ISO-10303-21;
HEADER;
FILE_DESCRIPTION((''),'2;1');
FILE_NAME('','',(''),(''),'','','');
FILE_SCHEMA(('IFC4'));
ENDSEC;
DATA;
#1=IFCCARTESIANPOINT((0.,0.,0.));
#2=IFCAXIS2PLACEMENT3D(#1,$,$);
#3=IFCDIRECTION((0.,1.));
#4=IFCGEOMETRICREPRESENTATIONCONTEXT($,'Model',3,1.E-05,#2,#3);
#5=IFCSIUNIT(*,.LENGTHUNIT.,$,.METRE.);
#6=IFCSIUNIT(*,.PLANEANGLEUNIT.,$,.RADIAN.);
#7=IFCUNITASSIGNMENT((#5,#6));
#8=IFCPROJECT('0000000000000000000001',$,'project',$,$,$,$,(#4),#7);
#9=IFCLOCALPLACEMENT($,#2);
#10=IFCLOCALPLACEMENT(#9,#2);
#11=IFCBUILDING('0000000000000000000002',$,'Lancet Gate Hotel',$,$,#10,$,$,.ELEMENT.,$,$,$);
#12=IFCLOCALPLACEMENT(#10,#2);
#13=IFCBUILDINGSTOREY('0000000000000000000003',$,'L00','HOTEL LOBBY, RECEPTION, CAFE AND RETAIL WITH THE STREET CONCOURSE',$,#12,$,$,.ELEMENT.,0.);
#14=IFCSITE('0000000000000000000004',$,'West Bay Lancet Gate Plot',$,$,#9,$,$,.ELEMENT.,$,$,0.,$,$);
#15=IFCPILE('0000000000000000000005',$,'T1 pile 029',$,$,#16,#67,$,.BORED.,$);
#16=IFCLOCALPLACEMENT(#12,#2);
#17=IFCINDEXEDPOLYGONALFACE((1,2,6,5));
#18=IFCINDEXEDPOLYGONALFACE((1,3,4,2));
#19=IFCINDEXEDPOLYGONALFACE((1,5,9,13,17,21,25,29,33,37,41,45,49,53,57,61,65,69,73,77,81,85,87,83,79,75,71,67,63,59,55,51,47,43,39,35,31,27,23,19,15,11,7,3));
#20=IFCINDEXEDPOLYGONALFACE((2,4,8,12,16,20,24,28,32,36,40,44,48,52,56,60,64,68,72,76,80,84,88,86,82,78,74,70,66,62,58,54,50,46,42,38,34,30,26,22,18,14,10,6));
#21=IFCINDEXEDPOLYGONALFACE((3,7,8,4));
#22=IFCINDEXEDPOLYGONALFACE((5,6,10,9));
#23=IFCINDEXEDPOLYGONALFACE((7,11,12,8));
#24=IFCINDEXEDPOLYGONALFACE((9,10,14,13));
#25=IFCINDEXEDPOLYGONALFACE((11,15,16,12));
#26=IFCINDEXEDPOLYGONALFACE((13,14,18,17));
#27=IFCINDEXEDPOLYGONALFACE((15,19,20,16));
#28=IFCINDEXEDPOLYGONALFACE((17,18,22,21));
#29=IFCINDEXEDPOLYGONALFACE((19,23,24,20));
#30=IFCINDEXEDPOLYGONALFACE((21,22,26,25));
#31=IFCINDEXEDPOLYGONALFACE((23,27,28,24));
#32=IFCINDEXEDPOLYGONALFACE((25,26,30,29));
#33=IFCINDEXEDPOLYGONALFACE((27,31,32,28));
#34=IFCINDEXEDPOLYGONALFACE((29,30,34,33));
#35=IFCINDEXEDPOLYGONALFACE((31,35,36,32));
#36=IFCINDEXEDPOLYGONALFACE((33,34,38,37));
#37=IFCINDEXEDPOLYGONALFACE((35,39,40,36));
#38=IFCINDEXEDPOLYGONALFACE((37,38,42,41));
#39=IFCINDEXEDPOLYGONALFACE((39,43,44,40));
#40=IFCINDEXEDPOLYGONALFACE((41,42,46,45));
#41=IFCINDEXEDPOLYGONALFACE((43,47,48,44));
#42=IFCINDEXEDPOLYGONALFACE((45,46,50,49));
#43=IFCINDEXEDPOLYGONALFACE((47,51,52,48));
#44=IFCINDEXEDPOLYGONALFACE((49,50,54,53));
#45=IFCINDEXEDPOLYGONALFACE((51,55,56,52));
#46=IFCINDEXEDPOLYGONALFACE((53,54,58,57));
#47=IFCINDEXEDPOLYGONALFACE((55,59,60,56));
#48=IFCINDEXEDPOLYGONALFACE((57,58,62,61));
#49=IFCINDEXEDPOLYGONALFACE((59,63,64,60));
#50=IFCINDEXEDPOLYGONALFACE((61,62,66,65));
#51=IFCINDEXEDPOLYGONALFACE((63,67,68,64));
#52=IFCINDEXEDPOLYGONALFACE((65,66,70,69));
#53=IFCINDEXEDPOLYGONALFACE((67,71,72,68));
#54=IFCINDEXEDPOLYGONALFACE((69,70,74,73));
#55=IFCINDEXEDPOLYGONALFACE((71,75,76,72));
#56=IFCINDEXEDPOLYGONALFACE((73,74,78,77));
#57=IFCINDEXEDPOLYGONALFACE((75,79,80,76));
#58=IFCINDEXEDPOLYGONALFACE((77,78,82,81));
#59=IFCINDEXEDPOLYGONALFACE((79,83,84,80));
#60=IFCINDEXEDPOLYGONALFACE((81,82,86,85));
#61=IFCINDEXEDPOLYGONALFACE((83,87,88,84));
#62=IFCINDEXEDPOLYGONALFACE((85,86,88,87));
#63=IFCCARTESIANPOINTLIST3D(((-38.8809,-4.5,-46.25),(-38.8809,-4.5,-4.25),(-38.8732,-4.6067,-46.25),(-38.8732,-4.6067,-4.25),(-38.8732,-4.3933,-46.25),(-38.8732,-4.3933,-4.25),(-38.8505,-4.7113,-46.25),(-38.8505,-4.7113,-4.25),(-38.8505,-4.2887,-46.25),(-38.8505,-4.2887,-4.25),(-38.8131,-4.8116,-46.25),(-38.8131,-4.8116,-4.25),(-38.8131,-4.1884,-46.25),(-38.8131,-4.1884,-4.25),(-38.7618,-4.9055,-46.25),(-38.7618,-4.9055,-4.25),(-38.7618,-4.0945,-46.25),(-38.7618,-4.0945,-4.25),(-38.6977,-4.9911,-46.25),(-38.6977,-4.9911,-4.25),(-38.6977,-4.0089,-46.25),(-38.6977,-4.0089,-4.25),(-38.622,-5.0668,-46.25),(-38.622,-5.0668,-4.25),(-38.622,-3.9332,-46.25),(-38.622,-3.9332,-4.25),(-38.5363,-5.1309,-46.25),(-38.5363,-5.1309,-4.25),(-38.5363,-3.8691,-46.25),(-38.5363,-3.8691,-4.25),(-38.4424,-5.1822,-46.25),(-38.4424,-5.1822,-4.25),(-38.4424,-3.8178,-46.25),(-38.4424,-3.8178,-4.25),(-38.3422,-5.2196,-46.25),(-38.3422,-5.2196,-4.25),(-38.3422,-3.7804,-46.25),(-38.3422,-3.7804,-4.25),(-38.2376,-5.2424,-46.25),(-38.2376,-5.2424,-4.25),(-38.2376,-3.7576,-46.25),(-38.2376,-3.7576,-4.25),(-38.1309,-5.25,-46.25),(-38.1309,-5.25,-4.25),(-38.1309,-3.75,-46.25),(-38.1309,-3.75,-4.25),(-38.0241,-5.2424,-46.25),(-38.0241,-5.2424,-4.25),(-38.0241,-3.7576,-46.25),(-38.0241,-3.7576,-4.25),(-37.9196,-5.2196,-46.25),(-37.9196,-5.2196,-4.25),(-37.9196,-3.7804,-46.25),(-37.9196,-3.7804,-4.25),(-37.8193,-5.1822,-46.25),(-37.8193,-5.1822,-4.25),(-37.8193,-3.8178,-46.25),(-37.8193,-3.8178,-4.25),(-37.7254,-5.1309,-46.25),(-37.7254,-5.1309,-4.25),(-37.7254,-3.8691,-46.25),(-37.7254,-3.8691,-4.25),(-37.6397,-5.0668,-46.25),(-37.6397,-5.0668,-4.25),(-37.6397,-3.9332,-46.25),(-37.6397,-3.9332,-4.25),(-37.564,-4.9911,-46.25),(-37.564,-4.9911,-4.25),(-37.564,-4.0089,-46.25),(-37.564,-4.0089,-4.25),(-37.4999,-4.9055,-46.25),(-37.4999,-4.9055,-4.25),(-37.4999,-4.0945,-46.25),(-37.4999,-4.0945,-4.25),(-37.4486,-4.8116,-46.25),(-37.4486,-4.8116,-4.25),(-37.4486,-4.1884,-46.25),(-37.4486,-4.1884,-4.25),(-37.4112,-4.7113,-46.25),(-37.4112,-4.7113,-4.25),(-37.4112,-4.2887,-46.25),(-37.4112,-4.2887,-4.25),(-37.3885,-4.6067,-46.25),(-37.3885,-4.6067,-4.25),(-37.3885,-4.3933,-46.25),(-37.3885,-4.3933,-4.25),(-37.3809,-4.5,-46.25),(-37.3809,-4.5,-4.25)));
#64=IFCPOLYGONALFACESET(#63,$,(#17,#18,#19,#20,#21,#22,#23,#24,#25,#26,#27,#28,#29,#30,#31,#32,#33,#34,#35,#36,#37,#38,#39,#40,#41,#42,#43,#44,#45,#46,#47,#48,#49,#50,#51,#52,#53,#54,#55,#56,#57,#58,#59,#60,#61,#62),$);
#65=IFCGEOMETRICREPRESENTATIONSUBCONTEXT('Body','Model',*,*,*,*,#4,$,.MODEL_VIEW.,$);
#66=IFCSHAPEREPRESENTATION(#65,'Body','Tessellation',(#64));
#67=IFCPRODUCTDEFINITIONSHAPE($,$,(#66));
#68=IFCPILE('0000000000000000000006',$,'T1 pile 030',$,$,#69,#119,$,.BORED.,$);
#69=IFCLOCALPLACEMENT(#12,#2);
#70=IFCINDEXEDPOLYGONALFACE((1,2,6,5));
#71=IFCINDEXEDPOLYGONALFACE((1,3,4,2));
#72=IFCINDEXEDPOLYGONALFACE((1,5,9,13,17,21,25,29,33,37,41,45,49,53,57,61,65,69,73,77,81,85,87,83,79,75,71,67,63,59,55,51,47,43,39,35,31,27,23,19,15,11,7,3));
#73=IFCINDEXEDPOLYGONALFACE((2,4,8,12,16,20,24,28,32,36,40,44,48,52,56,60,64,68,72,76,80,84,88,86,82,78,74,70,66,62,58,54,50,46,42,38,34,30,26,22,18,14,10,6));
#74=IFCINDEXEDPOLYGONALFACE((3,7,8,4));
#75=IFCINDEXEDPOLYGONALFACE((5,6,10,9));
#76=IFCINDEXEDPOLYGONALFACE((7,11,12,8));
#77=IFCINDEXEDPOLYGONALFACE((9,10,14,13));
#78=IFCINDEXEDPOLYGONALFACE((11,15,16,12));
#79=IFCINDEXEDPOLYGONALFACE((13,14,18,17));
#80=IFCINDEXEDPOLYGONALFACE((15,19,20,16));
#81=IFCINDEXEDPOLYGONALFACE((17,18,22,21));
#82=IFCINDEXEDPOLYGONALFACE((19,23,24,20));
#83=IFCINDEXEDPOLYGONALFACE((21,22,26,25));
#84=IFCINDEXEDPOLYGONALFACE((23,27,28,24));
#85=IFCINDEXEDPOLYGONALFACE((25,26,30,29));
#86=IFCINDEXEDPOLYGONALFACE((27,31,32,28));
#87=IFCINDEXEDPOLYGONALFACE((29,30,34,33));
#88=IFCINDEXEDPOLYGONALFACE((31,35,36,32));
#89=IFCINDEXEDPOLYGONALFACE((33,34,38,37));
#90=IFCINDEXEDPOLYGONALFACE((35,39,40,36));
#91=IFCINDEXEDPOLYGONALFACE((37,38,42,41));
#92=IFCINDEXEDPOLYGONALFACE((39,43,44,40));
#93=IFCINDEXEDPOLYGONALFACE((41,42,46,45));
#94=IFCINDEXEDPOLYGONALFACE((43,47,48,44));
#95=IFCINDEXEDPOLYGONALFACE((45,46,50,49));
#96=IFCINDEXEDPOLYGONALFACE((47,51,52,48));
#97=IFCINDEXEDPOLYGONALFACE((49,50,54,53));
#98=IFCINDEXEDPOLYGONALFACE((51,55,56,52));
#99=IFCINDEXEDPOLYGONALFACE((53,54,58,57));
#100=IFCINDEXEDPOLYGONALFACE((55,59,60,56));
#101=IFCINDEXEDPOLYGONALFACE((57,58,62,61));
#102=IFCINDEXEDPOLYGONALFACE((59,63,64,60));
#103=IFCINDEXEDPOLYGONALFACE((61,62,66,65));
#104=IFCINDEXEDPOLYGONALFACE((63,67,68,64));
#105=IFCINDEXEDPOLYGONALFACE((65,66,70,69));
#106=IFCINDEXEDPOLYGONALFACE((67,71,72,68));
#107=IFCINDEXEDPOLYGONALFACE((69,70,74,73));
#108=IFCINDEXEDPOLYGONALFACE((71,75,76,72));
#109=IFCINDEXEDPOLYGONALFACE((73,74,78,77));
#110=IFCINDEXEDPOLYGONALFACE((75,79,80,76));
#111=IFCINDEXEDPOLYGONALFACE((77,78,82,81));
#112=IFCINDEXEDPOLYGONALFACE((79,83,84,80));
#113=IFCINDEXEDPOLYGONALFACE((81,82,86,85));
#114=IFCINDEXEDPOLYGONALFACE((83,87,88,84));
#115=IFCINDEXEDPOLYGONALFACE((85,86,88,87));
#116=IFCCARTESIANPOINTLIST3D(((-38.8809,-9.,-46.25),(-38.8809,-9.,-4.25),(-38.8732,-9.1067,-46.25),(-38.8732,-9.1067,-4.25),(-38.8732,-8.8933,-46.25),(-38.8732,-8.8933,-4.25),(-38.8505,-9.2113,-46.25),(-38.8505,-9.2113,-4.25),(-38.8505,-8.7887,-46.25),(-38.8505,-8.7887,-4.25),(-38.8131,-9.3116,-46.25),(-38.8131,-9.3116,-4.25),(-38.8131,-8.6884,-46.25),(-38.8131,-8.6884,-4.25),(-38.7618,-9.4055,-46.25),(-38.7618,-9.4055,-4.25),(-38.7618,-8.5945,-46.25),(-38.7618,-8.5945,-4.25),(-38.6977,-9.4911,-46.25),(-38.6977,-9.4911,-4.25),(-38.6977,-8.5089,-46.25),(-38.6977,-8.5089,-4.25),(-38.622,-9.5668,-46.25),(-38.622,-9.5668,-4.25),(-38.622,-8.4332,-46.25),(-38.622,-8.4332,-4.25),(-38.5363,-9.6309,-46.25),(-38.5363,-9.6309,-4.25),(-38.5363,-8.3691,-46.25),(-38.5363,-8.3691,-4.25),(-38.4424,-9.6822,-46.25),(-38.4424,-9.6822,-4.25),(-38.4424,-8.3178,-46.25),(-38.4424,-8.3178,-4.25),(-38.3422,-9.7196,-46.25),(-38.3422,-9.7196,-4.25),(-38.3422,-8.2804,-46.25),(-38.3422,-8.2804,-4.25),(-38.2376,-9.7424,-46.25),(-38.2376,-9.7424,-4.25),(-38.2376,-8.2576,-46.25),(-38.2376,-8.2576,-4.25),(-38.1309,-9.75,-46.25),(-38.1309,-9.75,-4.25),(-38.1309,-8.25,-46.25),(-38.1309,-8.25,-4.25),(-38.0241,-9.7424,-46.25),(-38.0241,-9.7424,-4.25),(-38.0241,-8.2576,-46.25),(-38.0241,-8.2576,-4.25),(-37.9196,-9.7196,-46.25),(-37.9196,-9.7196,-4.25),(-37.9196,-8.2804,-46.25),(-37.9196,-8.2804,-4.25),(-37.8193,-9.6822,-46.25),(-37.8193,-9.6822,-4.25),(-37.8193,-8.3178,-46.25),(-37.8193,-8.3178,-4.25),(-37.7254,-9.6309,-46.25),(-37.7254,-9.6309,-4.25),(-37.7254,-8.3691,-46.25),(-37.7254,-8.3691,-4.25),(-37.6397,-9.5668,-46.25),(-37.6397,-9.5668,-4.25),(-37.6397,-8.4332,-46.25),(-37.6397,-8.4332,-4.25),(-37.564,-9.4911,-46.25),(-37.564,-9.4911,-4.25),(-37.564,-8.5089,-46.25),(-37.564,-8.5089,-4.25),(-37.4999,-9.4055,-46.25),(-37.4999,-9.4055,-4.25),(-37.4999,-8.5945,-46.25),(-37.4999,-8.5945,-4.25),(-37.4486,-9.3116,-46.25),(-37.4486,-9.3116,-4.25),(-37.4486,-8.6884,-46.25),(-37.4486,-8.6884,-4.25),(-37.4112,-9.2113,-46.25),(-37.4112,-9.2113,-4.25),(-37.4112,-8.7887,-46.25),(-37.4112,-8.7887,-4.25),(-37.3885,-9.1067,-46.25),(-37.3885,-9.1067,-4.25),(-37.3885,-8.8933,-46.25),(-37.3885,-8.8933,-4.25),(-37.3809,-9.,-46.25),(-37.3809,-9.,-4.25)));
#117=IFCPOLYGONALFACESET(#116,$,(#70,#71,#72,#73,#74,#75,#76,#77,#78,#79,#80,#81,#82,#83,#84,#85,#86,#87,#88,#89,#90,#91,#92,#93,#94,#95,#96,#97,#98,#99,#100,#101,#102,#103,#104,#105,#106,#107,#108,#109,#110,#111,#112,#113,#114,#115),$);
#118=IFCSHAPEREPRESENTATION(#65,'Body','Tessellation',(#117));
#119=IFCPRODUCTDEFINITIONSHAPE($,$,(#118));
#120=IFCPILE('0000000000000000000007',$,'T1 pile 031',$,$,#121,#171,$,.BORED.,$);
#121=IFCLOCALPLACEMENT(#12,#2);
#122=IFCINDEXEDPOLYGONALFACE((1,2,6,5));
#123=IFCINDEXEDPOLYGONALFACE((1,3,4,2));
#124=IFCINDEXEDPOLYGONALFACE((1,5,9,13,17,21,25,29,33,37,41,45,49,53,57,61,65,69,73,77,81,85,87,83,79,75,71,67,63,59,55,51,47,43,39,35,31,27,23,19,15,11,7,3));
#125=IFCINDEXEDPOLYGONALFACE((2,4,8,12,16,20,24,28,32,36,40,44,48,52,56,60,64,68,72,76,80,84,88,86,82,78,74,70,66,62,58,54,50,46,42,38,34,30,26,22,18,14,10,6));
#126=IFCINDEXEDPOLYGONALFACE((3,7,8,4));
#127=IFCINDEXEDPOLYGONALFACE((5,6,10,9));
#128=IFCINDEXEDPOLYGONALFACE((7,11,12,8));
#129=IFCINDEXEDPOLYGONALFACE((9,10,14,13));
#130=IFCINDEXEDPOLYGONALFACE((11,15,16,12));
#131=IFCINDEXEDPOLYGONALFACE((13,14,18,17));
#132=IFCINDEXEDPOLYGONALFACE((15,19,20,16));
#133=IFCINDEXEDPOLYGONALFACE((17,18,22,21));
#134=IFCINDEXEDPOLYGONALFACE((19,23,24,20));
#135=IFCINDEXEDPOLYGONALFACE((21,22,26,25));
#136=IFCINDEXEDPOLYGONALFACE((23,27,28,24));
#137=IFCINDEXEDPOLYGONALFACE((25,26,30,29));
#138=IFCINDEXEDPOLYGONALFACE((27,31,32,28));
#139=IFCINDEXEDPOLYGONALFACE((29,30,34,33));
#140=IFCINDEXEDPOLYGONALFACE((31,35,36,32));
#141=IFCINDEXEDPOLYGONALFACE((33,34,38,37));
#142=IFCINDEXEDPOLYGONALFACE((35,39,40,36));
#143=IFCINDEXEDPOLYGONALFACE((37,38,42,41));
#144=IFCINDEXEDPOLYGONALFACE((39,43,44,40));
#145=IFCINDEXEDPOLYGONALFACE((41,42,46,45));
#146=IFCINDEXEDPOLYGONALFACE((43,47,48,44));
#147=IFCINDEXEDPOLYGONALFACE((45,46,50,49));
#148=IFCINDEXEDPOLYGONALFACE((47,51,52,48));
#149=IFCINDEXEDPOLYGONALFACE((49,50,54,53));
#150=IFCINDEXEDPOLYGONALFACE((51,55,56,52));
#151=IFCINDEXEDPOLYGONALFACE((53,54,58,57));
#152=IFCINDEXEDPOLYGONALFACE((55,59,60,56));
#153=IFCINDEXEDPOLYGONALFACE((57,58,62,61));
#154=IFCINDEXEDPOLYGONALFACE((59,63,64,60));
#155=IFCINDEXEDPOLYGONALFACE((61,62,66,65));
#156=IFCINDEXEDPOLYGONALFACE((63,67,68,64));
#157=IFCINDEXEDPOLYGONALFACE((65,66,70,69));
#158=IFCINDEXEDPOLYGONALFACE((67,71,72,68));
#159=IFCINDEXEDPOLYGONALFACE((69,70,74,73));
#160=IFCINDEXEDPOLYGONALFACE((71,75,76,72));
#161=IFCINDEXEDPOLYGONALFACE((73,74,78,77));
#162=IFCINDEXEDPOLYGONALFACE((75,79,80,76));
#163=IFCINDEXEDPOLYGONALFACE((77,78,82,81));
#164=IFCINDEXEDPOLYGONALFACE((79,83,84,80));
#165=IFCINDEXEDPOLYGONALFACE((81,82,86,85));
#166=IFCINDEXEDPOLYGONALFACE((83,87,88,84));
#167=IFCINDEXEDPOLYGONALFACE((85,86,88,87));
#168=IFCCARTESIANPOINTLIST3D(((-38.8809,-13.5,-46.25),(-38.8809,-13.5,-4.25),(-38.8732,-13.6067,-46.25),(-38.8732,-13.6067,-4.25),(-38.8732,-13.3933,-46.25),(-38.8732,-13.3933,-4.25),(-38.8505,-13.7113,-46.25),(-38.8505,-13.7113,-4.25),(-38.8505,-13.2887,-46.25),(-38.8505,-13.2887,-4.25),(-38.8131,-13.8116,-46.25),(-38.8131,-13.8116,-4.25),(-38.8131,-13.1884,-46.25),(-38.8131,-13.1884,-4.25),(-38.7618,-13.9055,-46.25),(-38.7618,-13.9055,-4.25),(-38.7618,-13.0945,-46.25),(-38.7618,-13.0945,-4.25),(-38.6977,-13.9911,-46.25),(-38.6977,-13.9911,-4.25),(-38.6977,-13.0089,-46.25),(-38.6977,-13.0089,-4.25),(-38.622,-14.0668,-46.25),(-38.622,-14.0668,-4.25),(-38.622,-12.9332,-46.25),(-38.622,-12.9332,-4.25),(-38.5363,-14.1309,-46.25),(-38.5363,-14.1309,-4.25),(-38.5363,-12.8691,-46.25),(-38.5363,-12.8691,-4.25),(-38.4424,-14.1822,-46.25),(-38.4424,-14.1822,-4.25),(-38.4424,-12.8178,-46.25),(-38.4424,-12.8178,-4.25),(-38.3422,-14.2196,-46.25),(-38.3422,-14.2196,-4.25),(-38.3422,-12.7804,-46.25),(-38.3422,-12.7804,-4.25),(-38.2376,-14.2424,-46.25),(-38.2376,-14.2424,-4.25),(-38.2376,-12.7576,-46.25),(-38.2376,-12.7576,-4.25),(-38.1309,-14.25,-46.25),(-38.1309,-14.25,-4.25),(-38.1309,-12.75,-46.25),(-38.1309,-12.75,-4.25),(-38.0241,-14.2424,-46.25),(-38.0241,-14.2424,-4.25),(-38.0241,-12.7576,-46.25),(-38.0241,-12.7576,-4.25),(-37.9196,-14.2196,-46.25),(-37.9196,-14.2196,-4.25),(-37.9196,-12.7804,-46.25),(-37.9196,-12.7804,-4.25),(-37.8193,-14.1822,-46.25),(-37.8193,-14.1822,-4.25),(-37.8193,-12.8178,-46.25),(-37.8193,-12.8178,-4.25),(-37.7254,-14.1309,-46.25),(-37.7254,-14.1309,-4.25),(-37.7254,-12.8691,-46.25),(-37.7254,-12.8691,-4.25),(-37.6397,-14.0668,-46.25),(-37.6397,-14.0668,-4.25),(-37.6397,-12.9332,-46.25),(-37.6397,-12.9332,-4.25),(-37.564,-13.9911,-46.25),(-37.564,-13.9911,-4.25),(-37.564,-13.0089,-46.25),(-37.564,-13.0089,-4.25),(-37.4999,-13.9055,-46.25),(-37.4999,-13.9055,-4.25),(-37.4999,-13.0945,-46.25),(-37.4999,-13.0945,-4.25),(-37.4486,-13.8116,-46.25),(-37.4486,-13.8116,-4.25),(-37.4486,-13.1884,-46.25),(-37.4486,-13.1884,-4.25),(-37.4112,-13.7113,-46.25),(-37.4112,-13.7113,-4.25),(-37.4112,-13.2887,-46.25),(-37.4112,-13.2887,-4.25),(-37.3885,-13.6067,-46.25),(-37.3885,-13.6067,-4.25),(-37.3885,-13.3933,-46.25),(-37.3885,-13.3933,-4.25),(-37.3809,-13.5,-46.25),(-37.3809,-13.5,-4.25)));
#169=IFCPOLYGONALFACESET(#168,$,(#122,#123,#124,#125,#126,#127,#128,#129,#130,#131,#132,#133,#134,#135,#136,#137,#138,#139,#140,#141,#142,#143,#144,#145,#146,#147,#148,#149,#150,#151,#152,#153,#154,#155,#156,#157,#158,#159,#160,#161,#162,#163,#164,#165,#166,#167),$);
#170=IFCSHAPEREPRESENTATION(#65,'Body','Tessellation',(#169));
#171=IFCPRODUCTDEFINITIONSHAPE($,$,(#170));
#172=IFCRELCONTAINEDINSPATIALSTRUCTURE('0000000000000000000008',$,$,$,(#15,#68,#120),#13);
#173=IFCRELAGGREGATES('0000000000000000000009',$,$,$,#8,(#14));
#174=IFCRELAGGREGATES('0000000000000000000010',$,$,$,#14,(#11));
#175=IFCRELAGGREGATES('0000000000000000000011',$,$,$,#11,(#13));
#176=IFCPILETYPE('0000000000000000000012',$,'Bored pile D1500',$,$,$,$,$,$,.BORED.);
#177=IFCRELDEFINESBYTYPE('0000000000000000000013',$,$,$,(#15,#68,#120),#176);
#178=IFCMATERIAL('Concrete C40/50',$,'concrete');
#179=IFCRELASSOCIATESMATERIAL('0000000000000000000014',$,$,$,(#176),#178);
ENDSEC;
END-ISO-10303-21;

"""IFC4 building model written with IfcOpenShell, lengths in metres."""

from ifc_helpers import new_model, si_unit, direction, frame, origin, origin_2d, place, context, subcontext, project, spatial, circle, extrude, material, material_profile, profile_set, type_object, element, save


model = new_model("IFC4")

# Units and contexts
model_context = context("Model", 3, precision=1e-05, world=origin(), true_north=direction((0.0, 1.0)))
body_context = subcontext(model_context, "Body", "Model", "MODEL_VIEW")
ifc_project = project(units=[si_unit("LENGTHUNIT", "METRE"), si_unit("PLANEANGLEUNIT", "RADIAN")], contexts=[model_context])

# Site, building, storey
site_placement = place(None, origin())
site = spatial("IfcSite", under=ifc_project, at=site_placement, Name="West Bay Lancet Gate Plot", CompositionType="ELEMENT", RefElevation=0.0)
building_placement = place(site_placement, origin())
building = spatial("IfcBuilding", under=site, at=building_placement, Name="Lancet Gate Hotel", CompositionType="ELEMENT")
storey_placement = place(building_placement, origin())
storey = spatial("IfcBuildingStorey", under=building, at=storey_placement, Name="L00", Description="HOTEL LOBBY, RECEPTION, CAFE AND RETAIL WITH THE STREET CONCOURSE", CompositionType="ELEMENT", Elevation=0.0)

# Piles
ifc_material_1 = material(Name="Concrete C40/50", Category="concrete")
ifc_material_profile_1 = material_profile(ifc_material_1, circle(Radius=0.75, at=origin_2d()), Name="PILE D1500")
ifc_profile_set_1 = profile_set([ifc_material_profile_1], Name="Concrete C40/50")
pile_type = type_object("IfcPileType", Name="Bored pile D1500", PredefinedType="BORED", material=ifc_profile_set_1)
for number, where, z_axis, x_axis, name in (
    (1, (-38.1309, -4.5, -4.25), (0.0, 0.0, -1.0), (1.0, 0.0, 0.0), "T1 pile 029"),
    (2, (-38.1309, -9.0, -4.25), (0.0, 0.0, -1.0), (1.0, 0.0, 0.0), "T1 pile 030"),
    (3, (-38.1309, -13.5, -4.25), (0.0, 0.0, -1.0), (1.0, 0.0, 0.0), "T1 pile 031"),
):
    element("IfcPile", number, at=place(storey_placement, frame(where, z_axis=z_axis, x_axis=x_axis)), inside=storey, type_object=pile_type, Name=name, PredefinedType="BORED", context=body_context, shape_type="SweptSolid", body=[
        extrude(circle(Radius=0.75, at=origin_2d()), origin(), (0.0, 0.0, 1.0), 42.0),
    ])

save(model, "model.ifc")
